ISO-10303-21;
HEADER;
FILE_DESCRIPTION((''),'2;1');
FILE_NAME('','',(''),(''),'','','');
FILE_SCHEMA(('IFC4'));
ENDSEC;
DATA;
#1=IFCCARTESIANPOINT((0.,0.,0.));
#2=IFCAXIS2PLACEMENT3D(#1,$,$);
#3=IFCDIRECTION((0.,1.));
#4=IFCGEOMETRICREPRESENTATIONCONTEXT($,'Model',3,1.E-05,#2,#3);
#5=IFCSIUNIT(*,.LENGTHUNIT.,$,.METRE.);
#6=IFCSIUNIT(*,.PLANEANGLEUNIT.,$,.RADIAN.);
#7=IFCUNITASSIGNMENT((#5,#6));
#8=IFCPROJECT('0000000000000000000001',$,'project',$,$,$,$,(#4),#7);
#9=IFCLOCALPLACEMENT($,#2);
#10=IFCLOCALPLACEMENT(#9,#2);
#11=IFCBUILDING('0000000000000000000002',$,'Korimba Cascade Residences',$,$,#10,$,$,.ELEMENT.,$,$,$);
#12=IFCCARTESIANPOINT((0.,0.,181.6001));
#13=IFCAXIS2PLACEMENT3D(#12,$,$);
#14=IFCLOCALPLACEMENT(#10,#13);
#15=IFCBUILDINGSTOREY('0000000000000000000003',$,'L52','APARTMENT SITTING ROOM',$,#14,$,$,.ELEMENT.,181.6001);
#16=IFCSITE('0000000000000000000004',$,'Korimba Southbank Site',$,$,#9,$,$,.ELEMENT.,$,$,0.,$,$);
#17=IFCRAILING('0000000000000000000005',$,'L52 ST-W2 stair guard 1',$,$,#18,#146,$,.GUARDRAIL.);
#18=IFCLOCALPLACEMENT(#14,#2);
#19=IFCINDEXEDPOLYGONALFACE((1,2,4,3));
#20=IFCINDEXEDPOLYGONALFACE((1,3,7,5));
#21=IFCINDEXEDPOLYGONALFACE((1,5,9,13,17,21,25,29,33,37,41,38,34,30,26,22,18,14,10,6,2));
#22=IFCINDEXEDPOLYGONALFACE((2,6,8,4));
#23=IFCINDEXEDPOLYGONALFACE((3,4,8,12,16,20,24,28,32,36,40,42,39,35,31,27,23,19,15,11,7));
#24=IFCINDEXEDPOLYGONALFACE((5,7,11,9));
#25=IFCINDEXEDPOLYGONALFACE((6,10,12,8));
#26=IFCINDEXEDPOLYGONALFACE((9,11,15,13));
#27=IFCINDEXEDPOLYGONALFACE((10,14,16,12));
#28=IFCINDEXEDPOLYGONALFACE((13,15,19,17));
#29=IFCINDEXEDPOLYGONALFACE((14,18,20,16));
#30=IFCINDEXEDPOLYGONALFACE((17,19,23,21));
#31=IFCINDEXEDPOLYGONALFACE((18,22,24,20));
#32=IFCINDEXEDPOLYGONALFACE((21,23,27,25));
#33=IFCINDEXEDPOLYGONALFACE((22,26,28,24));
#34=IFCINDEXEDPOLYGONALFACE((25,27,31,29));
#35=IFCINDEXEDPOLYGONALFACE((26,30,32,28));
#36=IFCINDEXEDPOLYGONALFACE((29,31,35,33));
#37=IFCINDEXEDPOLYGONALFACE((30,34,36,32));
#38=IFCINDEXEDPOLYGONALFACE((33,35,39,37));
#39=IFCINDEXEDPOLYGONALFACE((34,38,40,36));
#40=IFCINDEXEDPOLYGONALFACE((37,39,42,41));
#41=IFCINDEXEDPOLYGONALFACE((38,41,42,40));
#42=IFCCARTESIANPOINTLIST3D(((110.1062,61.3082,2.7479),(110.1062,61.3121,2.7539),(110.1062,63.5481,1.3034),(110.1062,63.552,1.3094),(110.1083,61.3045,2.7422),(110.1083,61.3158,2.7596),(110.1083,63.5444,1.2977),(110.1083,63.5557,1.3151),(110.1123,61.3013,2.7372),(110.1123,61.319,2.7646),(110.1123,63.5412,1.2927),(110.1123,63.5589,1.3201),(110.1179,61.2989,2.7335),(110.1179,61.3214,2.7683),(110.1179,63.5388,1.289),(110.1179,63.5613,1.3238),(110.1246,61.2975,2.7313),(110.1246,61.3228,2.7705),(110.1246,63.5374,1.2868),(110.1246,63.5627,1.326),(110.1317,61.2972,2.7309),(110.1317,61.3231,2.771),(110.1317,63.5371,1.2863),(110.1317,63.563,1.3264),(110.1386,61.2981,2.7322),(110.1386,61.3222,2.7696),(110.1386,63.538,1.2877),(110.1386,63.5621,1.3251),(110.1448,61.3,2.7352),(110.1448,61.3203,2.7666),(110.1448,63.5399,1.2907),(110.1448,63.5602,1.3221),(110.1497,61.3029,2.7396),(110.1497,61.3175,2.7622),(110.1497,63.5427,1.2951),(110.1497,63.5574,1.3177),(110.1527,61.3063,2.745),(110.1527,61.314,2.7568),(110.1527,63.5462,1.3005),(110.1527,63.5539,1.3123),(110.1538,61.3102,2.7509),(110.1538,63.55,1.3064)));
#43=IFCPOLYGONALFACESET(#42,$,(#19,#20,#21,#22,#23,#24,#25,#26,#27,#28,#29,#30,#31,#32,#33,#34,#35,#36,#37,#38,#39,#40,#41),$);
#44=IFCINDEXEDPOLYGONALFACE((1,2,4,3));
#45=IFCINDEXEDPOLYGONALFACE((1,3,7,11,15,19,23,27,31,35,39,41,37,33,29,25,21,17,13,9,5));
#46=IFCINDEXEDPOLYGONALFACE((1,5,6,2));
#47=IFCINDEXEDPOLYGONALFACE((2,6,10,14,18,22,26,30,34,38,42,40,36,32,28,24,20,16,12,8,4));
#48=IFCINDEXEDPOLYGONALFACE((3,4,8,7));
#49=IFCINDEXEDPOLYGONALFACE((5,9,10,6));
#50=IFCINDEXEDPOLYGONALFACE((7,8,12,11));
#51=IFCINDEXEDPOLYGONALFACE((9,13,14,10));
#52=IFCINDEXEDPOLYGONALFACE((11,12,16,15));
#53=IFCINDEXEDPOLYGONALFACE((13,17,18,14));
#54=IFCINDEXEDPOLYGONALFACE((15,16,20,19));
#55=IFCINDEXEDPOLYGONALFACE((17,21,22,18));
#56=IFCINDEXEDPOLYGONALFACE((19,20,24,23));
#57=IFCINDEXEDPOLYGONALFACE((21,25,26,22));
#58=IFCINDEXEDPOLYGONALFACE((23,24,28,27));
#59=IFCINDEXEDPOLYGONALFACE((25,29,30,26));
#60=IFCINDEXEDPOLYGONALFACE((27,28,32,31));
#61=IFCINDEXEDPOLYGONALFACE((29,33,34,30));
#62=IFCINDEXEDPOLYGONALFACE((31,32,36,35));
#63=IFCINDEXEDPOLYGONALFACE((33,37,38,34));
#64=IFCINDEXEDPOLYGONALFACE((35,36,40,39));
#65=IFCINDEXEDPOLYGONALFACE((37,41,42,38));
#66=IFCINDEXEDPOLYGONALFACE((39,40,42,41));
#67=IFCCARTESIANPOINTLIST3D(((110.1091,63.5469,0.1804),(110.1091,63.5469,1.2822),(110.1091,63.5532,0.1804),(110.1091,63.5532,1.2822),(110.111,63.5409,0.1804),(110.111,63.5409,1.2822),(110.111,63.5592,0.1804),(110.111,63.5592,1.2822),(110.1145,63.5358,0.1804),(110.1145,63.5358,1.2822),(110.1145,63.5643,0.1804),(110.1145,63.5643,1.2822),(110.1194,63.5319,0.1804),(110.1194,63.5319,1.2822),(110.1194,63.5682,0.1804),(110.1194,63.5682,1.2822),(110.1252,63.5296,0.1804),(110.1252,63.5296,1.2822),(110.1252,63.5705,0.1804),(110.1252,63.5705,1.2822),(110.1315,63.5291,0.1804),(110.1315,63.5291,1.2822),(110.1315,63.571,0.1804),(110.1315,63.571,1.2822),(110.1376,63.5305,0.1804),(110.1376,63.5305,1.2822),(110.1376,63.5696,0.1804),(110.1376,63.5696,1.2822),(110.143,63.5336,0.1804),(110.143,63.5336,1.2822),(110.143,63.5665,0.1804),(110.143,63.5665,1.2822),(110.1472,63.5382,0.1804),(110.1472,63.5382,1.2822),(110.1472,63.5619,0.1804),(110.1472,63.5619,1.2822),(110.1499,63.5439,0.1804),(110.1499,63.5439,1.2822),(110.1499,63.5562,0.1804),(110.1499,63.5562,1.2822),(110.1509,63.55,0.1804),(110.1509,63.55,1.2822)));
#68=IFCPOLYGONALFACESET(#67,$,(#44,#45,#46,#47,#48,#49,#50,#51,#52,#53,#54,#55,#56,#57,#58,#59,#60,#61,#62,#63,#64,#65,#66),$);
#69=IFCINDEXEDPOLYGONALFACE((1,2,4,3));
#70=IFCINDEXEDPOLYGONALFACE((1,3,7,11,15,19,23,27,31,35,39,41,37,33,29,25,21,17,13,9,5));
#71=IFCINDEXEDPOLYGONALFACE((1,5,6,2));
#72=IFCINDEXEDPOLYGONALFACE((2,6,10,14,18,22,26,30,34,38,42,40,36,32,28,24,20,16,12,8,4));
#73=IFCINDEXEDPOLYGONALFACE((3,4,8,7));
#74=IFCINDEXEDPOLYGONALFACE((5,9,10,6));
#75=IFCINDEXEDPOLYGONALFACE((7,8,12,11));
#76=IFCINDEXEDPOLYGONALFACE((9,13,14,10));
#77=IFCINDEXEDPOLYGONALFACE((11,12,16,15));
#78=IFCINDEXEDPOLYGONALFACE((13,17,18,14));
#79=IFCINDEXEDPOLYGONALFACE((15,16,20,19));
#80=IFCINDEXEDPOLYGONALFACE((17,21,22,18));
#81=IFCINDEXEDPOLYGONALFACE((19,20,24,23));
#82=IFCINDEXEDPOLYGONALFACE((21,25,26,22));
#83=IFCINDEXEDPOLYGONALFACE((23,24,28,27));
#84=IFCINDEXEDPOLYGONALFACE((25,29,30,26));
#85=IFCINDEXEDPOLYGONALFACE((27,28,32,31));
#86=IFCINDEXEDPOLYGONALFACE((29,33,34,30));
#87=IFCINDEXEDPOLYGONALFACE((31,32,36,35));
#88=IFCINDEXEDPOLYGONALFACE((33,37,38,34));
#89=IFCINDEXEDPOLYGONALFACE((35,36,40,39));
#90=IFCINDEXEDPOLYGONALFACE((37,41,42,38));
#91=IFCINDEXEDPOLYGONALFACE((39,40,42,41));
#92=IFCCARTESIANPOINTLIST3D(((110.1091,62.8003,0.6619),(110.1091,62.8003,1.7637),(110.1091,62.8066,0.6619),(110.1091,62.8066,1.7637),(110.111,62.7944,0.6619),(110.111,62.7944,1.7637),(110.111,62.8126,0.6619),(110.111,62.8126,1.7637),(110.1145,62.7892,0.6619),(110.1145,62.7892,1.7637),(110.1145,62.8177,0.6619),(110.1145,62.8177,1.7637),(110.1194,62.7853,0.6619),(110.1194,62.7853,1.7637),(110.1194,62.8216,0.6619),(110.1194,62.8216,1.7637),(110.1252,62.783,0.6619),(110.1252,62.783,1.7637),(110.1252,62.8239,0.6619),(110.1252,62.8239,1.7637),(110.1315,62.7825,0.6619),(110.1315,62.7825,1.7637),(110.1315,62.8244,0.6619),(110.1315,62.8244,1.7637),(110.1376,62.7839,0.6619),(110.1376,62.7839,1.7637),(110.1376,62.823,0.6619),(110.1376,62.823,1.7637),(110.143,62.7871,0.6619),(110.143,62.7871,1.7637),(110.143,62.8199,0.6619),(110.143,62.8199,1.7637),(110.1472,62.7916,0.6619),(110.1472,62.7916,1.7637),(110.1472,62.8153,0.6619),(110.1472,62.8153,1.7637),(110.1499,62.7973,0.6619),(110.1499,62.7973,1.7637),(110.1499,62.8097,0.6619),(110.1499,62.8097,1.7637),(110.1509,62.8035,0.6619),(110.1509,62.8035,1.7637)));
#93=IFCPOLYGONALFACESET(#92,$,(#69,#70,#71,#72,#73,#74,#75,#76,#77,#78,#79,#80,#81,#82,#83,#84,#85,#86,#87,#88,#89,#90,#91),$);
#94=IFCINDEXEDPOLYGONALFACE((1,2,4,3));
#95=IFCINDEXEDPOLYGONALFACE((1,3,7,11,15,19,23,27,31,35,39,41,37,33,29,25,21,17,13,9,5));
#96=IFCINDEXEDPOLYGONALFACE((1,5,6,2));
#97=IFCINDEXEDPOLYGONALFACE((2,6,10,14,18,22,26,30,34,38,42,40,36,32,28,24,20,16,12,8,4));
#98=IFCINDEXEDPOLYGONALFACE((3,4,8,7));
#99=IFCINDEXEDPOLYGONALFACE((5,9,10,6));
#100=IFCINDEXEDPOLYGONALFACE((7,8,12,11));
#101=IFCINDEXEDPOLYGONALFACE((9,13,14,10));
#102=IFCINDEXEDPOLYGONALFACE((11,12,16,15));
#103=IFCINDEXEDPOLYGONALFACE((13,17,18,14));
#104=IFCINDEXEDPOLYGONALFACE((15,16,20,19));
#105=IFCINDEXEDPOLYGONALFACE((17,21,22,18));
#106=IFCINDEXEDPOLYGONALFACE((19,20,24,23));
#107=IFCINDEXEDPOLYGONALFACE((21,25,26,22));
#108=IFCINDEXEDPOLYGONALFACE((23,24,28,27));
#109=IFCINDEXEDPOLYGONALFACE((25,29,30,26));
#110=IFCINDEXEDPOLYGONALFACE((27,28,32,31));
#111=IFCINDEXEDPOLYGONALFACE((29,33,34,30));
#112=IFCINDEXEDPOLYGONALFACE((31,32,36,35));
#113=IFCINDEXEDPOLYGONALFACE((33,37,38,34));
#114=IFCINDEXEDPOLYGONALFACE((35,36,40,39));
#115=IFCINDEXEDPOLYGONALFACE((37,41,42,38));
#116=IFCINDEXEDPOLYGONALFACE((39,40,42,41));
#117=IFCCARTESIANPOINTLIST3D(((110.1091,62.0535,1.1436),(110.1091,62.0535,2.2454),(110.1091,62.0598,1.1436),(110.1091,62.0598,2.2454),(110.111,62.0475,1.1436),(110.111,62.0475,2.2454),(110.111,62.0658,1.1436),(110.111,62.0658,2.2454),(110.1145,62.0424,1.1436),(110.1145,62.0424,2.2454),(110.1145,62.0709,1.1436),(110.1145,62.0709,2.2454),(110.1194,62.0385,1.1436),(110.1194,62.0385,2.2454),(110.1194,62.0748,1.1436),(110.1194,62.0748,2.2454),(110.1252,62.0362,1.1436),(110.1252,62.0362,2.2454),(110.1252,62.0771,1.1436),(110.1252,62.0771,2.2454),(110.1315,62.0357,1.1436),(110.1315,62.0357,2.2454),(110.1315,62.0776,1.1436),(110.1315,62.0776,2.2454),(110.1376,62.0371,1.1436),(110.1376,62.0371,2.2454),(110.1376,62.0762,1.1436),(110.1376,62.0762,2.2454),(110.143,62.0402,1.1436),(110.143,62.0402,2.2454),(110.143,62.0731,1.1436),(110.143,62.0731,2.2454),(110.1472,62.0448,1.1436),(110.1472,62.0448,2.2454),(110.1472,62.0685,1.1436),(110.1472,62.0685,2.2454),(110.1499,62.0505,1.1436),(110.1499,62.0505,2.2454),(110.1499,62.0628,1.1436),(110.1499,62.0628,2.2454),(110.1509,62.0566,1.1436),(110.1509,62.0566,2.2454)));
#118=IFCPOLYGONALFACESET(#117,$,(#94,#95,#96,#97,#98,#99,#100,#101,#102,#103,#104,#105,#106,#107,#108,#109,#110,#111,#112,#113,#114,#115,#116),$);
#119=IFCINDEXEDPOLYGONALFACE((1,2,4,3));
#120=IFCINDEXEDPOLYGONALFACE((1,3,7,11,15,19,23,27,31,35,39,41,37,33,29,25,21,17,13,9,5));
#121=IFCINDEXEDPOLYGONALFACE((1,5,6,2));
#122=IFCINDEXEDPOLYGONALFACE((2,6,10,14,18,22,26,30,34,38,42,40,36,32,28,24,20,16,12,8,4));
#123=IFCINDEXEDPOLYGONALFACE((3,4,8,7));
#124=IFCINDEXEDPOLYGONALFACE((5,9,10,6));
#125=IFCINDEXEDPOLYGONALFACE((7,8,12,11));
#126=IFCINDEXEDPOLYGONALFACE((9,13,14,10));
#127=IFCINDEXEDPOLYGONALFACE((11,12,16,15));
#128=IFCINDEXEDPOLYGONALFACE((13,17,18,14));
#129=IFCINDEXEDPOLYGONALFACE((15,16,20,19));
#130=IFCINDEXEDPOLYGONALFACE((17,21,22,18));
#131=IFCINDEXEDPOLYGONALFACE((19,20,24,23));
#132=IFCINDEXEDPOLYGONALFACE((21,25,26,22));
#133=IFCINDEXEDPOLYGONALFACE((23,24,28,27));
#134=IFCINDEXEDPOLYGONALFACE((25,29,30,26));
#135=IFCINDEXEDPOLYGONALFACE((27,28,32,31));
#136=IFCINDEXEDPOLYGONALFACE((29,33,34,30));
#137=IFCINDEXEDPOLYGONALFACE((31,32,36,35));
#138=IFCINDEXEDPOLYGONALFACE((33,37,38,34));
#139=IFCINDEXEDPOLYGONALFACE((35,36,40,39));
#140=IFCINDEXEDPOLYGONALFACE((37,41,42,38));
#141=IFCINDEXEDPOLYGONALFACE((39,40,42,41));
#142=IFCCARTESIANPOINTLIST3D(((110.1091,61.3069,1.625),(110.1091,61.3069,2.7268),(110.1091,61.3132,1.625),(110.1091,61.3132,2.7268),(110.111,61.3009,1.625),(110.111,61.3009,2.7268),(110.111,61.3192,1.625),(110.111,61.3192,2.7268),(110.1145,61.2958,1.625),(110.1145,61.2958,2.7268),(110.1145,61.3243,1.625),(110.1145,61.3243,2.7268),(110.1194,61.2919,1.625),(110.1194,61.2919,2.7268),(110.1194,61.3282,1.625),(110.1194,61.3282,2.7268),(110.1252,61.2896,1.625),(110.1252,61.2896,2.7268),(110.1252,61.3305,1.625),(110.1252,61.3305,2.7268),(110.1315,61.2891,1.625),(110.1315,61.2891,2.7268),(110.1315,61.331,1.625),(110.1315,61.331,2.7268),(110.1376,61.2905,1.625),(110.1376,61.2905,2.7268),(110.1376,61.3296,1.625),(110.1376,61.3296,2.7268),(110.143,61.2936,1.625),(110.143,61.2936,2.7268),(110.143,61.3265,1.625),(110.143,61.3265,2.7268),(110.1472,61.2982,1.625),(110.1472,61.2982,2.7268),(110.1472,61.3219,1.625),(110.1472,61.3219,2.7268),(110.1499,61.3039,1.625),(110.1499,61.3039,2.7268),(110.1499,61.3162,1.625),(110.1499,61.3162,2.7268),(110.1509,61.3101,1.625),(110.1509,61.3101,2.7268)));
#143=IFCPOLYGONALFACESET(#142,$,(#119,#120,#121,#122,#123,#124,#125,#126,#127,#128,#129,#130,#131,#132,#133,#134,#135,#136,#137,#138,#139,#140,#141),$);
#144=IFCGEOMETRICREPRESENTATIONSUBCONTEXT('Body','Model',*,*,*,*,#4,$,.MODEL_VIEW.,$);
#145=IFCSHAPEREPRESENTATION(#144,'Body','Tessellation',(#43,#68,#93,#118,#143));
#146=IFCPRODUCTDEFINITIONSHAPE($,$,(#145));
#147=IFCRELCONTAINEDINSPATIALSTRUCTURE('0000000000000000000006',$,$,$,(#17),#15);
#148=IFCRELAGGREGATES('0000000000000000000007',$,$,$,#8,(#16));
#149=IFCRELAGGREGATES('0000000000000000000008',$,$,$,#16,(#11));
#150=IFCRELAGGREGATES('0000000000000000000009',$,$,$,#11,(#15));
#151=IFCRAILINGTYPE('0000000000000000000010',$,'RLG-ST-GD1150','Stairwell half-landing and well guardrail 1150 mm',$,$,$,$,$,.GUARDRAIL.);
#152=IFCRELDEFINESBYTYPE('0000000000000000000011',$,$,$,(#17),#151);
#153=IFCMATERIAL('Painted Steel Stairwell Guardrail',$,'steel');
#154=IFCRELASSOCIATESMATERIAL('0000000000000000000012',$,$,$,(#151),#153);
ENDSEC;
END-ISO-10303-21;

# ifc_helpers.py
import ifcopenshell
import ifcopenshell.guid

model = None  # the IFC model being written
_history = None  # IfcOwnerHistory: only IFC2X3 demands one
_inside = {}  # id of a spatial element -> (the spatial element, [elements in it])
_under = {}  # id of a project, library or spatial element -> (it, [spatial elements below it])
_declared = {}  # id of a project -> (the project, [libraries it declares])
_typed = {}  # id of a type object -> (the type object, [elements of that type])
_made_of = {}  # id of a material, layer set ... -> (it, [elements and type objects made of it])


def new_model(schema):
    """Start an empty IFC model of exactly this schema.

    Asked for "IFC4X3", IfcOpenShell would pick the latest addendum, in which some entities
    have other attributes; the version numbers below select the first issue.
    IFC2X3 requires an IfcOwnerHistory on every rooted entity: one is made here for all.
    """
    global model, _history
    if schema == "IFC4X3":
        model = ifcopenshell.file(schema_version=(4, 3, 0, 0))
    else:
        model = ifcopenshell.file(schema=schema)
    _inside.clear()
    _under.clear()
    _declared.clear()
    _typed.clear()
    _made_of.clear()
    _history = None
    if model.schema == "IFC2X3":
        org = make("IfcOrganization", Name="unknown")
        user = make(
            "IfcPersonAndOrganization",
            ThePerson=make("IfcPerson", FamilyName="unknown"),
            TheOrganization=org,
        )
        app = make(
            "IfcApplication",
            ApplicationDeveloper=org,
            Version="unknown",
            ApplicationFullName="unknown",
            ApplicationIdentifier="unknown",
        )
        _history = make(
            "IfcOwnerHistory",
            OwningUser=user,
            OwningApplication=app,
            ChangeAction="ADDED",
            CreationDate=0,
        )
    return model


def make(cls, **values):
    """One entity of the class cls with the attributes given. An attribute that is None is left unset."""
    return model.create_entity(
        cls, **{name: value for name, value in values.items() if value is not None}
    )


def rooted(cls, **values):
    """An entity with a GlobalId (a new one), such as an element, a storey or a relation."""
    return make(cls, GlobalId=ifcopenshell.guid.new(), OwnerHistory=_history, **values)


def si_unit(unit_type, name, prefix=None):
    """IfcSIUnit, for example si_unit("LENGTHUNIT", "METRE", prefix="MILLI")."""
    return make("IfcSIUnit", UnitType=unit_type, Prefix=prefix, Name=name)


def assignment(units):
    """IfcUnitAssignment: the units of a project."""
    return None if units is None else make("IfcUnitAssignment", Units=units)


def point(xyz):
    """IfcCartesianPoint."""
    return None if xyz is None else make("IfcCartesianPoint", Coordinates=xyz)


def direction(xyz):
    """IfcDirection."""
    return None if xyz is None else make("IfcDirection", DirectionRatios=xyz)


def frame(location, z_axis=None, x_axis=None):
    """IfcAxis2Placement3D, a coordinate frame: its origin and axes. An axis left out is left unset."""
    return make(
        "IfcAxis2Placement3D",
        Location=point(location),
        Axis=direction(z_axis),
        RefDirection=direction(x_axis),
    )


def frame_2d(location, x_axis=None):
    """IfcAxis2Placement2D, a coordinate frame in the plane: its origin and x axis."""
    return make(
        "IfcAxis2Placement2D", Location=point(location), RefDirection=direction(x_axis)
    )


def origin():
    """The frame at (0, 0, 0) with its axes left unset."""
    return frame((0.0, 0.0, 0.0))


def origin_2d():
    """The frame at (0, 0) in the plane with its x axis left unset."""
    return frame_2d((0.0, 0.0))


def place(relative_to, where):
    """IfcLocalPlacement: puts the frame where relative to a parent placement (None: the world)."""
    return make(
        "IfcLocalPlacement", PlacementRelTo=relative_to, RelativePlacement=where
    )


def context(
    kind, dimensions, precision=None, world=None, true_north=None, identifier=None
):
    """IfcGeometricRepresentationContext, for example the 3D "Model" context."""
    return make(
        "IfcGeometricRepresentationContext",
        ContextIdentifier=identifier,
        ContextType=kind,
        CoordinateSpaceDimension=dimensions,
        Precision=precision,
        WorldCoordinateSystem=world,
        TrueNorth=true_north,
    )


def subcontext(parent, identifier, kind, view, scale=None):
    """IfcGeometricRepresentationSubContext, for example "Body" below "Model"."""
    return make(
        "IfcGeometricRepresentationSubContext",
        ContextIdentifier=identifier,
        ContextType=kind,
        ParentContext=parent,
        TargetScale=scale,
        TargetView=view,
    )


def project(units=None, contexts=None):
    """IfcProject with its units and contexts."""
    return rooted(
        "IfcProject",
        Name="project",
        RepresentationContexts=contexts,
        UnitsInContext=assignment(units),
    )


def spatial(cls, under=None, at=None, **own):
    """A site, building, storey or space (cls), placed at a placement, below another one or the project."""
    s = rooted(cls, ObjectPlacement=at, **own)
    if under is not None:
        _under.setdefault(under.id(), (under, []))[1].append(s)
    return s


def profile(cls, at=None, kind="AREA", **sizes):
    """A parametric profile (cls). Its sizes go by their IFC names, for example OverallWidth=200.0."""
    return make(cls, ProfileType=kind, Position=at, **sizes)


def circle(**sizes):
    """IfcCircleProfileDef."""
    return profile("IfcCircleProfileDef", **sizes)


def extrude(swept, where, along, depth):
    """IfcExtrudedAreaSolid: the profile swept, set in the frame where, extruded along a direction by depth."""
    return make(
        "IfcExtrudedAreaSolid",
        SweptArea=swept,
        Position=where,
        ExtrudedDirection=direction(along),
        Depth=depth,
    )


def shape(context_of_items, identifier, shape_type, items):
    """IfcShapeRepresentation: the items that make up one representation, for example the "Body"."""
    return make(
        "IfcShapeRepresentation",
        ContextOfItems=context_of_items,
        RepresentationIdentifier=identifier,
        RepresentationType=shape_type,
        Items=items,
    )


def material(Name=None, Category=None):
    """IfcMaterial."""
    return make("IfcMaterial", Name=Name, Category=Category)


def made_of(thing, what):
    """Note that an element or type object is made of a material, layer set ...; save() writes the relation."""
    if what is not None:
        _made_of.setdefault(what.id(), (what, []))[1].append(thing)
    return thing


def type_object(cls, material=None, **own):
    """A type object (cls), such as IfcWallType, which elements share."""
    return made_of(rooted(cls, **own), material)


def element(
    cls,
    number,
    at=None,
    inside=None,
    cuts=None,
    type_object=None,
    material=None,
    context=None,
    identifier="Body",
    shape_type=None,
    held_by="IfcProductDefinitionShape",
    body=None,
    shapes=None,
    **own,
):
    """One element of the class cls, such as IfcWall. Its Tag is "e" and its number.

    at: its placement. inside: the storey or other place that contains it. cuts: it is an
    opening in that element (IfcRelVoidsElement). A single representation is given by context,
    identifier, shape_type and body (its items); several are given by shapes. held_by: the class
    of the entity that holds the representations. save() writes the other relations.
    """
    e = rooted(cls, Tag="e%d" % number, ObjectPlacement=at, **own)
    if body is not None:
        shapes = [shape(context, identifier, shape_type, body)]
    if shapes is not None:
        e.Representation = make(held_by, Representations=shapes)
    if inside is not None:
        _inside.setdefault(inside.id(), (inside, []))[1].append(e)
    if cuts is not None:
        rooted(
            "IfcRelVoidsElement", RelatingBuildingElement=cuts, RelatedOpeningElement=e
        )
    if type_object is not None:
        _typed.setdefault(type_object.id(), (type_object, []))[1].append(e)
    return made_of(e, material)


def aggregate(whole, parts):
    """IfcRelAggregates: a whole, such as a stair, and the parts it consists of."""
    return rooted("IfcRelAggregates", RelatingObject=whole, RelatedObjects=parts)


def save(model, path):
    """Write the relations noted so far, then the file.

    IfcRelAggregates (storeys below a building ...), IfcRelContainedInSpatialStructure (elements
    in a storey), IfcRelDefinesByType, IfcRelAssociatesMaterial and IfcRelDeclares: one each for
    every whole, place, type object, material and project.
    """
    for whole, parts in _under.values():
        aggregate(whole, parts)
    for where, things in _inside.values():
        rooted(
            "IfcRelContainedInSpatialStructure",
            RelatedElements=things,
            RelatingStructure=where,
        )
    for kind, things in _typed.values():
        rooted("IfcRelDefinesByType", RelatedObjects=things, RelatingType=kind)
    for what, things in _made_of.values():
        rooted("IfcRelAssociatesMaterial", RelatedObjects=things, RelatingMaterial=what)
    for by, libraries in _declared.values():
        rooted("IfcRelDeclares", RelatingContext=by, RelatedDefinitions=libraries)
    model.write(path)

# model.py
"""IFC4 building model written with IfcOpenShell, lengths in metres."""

from ifc_helpers import new_model, si_unit, direction, frame, origin, origin_2d, place, context, subcontext, project, spatial, circle, extrude, material, type_object, element, save


model = new_model("IFC4")

# Units and contexts
model_context = context("Model", 3, precision=1e-05, world=origin(), true_north=direction((0.0, 1.0)))
body_context = subcontext(model_context, "Body", "Model", "MODEL_VIEW")
ifc_project = project(units=[si_unit("LENGTHUNIT", "METRE"), si_unit("PLANEANGLEUNIT", "RADIAN")], contexts=[model_context])

# Site, building, storey
site_placement = place(None, origin())
site = spatial("IfcSite", under=ifc_project, at=site_placement, Name="Korimba Southbank Site", CompositionType="ELEMENT", RefElevation=0.0)
building_placement = place(site_placement, origin())
building = spatial("IfcBuilding", under=site, at=building_placement, Name="Korimba Cascade Residences", CompositionType="ELEMENT")
storey_placement = place(building_placement, frame((0.0, 0.0, 181.6001)))
storey = spatial("IfcBuildingStorey", under=building, at=storey_placement, Name="L52", Description="APARTMENT SITTING ROOM", CompositionType="ELEMENT", Elevation=181.6001)

# Railing
ifc_material_1 = material(Name="Painted Steel Stairwell Guardrail", Category="steel")
railing_type_1 = type_object("IfcRailingType", Name="RLG-ST-GD1150", Description="Stairwell half-landing and well guardrail 1150 mm", PredefinedType="GUARDRAIL", material=ifc_material_1)
railing_1_placement = place(storey_placement, frame((110.1299, 63.55, 0.1804)))
element("IfcRailing", 1, at=railing_1_placement, inside=storey, type_object=railing_type_1, Name="L52 ST-W2 stair guard 1", PredefinedType="GUARDRAIL", context=body_context, shape_type="SweptSolid", body=[
    extrude(circle(Radius=0.0239, at=origin_2d()), frame((0.0, 0.0, 1.126), z_axis=(0.0, -0.840395, 0.541975), x_axis=(1.0, 0.0, 0.0)), (0.0, 0.0, 1.0), 2.6653),
    extrude(circle(Radius=0.021, at=origin_2d()), origin(), (0.0, 0.0, 1.0), 1.1018),
    extrude(circle(Radius=0.021, at=origin_2d()), frame((0.0, -0.7466, 0.4814)), (0.0, 0.0, 1.0), 1.1018),
    extrude(circle(Radius=0.021, at=origin_2d()), frame((0.0, -1.4934, 0.9631)), (0.0, 0.0, 1.0), 1.1018),
    extrude(circle(Radius=0.021, at=origin_2d()), frame((0.0, -2.24, 1.4446)), (0.0, 0.0, 1.0), 1.1018),
])

save(model, "model.ifc")
